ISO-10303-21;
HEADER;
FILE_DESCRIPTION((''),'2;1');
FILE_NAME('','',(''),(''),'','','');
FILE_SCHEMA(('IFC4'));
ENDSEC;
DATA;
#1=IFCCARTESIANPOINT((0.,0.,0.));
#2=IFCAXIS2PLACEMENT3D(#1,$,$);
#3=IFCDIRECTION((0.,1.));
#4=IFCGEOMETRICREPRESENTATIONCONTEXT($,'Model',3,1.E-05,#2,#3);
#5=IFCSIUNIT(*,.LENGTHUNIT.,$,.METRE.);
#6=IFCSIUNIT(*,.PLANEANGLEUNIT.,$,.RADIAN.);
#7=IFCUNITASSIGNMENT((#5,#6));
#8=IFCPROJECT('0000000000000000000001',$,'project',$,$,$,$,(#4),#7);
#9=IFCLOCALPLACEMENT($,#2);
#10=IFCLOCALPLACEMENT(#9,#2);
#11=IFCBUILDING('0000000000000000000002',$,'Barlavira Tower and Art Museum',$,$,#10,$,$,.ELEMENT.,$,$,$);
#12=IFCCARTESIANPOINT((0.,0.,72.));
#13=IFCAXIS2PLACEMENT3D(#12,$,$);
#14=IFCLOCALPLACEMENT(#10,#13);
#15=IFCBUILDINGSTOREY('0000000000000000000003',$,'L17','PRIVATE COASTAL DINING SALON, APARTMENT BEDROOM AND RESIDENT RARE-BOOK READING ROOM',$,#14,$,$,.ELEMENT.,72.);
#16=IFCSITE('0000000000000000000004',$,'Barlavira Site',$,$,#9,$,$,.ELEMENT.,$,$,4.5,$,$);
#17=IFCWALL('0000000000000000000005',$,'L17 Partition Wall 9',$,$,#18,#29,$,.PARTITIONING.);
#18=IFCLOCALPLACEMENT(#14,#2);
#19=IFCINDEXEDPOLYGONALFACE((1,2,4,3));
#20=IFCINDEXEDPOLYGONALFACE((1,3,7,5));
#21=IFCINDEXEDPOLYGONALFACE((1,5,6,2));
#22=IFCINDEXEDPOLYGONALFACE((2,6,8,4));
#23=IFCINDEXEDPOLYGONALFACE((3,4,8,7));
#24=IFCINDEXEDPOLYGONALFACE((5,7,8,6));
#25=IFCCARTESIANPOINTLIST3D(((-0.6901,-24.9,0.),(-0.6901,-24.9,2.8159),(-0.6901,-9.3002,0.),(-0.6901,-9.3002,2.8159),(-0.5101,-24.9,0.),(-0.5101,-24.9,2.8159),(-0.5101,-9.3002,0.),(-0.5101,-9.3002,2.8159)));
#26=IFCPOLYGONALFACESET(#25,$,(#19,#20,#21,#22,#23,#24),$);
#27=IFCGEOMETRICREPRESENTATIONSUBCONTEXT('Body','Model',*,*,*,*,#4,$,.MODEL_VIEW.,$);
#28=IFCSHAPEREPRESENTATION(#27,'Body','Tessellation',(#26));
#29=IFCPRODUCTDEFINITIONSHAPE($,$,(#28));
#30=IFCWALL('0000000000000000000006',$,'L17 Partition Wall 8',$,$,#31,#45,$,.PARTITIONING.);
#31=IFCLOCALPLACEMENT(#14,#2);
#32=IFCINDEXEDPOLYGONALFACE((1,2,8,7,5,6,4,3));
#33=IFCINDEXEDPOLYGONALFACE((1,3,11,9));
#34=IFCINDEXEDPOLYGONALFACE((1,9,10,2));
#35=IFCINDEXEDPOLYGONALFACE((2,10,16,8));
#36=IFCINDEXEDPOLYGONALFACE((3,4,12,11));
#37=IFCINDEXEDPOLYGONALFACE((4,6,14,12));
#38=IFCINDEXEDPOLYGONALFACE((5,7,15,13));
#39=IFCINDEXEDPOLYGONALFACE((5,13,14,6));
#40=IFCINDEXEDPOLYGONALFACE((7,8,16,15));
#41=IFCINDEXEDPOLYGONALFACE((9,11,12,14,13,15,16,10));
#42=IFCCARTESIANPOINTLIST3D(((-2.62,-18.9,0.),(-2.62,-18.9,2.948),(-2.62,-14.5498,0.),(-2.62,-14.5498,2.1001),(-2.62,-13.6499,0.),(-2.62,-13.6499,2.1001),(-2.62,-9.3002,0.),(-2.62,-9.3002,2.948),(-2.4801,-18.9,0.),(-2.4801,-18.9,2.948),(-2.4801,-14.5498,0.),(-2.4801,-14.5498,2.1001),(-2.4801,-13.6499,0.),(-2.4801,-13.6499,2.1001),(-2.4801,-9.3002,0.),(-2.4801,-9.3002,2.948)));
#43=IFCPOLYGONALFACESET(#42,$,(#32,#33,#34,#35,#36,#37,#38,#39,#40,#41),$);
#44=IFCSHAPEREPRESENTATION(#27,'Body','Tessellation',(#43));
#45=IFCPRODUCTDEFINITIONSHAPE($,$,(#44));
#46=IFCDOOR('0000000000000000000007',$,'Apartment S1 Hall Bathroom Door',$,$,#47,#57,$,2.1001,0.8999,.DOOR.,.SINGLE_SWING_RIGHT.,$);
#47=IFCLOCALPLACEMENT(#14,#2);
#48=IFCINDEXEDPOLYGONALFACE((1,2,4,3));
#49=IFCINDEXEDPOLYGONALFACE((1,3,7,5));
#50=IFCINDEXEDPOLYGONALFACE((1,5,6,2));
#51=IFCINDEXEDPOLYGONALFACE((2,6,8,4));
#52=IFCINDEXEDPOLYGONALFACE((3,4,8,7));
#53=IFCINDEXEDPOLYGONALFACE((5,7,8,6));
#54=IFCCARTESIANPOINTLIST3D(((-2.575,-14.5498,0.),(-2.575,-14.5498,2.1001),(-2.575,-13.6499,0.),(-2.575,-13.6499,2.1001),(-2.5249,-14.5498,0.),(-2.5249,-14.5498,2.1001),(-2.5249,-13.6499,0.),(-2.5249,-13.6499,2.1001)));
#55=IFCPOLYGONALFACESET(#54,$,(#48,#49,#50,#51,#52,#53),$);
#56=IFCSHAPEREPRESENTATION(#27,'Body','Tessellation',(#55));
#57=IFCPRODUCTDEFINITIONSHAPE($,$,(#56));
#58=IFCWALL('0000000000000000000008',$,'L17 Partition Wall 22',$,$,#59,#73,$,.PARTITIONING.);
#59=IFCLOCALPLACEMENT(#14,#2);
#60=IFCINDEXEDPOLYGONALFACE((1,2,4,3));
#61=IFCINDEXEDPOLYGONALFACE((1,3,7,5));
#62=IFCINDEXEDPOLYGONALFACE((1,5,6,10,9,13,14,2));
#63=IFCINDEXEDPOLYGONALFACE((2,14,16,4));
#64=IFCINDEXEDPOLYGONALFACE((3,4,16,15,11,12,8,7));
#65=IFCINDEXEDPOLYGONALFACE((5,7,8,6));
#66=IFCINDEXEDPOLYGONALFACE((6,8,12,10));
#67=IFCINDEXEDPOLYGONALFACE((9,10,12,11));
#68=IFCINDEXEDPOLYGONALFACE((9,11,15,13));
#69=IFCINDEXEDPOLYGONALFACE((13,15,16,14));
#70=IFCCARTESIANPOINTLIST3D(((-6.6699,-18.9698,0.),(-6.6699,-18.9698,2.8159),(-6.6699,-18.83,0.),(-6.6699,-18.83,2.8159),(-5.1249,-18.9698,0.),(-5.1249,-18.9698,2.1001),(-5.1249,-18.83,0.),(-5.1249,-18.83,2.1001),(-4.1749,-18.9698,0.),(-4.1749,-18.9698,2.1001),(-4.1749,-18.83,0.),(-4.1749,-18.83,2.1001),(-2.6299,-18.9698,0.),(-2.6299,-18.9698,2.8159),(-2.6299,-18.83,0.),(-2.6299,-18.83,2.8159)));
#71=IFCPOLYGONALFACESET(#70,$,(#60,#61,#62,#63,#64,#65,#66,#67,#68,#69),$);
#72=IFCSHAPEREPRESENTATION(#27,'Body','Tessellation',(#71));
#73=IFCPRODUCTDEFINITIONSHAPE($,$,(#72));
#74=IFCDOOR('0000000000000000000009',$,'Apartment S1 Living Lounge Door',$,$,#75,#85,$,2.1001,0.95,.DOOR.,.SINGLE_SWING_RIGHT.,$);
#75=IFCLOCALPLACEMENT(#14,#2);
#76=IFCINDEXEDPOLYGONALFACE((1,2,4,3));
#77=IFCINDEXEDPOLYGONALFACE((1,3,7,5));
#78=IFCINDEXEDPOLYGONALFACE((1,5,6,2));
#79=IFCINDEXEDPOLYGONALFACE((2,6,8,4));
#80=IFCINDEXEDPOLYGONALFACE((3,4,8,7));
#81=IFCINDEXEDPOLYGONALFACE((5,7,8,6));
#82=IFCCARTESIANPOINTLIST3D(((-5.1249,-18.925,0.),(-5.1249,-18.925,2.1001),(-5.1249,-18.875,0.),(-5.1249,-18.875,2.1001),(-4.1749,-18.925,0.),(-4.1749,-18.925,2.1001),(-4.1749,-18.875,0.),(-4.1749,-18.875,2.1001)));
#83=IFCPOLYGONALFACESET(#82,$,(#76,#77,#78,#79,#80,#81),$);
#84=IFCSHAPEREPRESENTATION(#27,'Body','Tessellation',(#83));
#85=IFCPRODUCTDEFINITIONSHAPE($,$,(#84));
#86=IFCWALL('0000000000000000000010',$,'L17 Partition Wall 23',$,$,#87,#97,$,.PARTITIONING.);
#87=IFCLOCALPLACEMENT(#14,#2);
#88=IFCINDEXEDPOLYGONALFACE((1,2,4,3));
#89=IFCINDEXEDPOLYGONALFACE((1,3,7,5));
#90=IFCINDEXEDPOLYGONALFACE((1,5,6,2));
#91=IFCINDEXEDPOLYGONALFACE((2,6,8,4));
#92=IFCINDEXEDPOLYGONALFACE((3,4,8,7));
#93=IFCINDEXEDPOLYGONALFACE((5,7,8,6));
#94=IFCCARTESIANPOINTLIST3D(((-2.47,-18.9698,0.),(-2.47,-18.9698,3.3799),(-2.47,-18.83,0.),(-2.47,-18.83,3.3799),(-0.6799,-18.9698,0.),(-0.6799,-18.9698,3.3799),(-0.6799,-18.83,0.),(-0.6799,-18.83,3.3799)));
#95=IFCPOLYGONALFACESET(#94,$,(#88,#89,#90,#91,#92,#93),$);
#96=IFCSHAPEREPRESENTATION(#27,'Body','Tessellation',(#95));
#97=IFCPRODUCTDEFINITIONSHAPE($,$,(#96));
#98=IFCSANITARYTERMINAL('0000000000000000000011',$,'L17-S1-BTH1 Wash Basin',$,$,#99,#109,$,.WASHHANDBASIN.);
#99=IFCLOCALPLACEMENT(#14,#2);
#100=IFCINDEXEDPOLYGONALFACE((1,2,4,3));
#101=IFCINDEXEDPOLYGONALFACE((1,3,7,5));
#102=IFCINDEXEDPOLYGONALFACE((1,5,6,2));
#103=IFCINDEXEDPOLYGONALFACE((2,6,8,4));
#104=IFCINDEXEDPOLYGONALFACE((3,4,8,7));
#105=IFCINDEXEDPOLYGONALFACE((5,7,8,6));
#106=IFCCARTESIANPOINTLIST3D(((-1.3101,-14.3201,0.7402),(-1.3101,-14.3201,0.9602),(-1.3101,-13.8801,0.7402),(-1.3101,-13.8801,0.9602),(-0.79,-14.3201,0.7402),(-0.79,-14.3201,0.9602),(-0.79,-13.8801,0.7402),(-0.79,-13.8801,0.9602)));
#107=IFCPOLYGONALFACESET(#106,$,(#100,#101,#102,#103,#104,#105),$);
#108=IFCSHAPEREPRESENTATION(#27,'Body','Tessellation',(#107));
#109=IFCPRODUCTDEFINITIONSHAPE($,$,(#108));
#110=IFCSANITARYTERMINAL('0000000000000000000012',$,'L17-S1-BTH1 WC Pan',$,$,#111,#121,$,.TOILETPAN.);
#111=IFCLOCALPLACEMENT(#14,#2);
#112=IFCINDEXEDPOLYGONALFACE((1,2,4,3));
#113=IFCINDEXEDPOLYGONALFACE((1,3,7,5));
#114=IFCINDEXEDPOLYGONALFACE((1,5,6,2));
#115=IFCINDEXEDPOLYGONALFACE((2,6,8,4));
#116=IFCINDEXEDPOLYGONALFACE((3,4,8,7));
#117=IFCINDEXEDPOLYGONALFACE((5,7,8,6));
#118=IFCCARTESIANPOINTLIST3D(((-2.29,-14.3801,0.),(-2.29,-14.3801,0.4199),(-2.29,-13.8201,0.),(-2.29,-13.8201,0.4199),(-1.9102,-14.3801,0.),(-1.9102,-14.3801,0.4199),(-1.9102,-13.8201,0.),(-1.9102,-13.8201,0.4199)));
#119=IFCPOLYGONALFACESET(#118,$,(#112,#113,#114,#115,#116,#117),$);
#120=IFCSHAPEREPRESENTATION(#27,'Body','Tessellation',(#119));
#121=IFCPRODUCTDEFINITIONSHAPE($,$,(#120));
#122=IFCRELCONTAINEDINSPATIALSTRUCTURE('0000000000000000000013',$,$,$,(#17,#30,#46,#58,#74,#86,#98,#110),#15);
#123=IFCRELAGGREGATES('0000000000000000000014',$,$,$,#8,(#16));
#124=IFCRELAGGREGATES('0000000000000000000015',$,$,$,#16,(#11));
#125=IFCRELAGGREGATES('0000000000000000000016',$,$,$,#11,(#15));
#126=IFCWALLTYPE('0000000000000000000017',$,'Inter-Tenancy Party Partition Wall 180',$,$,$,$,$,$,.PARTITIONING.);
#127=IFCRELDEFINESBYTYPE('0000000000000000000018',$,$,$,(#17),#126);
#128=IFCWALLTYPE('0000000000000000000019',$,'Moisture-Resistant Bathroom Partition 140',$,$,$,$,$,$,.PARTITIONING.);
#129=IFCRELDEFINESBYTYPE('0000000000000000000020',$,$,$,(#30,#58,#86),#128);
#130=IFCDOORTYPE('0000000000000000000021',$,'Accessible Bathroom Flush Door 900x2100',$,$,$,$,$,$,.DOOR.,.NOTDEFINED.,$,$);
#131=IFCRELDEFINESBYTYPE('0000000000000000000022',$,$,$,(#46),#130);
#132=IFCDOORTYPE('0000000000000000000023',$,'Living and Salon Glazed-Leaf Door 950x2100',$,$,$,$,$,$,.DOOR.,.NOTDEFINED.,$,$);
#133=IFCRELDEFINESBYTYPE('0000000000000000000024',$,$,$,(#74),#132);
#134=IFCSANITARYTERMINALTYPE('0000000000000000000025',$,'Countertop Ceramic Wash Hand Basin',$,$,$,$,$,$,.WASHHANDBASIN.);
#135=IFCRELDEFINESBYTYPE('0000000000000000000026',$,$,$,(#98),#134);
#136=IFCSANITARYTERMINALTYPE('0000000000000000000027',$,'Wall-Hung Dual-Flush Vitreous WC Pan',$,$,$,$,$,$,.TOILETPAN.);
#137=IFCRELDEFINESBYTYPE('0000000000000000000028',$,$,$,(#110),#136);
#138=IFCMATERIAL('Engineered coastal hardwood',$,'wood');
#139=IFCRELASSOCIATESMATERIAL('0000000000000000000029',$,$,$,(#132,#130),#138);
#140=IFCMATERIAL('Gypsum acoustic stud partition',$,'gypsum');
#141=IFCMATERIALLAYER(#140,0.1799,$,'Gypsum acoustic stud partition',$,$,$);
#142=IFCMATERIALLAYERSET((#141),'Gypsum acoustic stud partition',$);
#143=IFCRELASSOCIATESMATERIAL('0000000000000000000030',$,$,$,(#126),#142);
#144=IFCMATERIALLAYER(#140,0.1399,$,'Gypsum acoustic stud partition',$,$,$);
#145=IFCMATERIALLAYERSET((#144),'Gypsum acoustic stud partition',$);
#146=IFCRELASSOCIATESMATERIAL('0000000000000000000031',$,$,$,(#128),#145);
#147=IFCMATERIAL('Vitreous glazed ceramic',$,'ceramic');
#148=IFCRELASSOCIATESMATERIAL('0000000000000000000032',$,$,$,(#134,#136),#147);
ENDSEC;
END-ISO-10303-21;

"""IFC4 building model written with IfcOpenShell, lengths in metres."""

from ifc_helpers import new_model, si_unit, direction, frame, frame_2d, origin, origin_2d, place, context, subcontext, project, spatial, rectangle, extrude, material, layer, layer_set, type_object, element, fill, save


model = new_model("IFC4")

# Units and contexts
model_context = context("Model", 3, precision=1e-05, world=origin(), true_north=direction((0.0, 1.0)))
body_context = subcontext(model_context, "Body", "Model", "MODEL_VIEW")
ifc_project = project(units=[si_unit("LENGTHUNIT", "METRE"), si_unit("PLANEANGLEUNIT", "RADIAN")], contexts=[model_context])

# Site, building, storey
site_placement = place(None, origin())
site = spatial("IfcSite", under=ifc_project, at=site_placement, Name="Barlavira Site", CompositionType="ELEMENT", RefElevation=4.5)
building_placement = place(site_placement, origin())
building = spatial("IfcBuilding", under=site, at=building_placement, Name="Barlavira Tower and Art Museum", CompositionType="ELEMENT")
storey_placement = place(building_placement, frame((0.0, 0.0, 72.0)))
storey = spatial("IfcBuildingStorey", under=building, at=storey_placement, Name="L17", Description="PRIVATE COASTAL DINING SALON, APARTMENT BEDROOM AND RESIDENT RARE-BOOK READING ROOM", CompositionType="ELEMENT", Elevation=72.0)

# Shared definitions
ifc_material_1 = material(Name="Gypsum acoustic stud partition", Category="gypsum")
ifc_material_2 = material(Name="Engineered coastal hardwood", Category="wood")
door_type_1 = type_object("IfcDoorType", Name="Living and Salon Glazed-Leaf Door 950x2100", OperationType="NOTDEFINED", PredefinedType="DOOR", material=ifc_material_2)

# Wall
ifc_layer_1 = layer(ifc_material_1, 0.1799, Name="Gypsum acoustic stud partition")
ifc_layer_set_1 = layer_set([ifc_layer_1], Name="Gypsum acoustic stud partition")
wall_type_1 = type_object("IfcWallType", Name="Inter-Tenancy Party Partition Wall 180", PredefinedType="PARTITIONING", material=ifc_layer_set_1)
wall_1_placement = place(storey_placement, frame((-0.6001, -24.8999, 0.0), z_axis=(0.0, 0.0, 1.0), x_axis=(0.0, 1.0, 0.0)))
element("IfcWall", 1, at=wall_1_placement, inside=storey, type_object=wall_type_1, Name="L17 Partition Wall 9", PredefinedType="PARTITIONING", context=body_context, shape_type="SweptSolid", body=[
    extrude(rectangle(XDim=15.5999, YDim=0.1799, at=frame_2d((7.7998, 0.0))), origin(), (0.0, 0.0, 1.0), 2.8159),
])

# Walls, openings, doors
ifc_layer_2 = layer(ifc_material_1, 0.1399, Name="Gypsum acoustic stud partition")
ifc_layer_set_2 = layer_set([ifc_layer_2], Name="Gypsum acoustic stud partition")
wall_type_2 = type_object("IfcWallType", Name="Moisture-Resistant Bathroom Partition 140", PredefinedType="PARTITIONING", material=ifc_layer_set_2)
wall_2_placement = place(storey_placement, frame((-2.55, -18.8999, 0.0), z_axis=(0.0, 0.0, 1.0), x_axis=(0.0, 1.0, 0.0)))
wall_2 = element("IfcWall", 2, at=wall_2_placement, inside=storey, type_object=wall_type_2, Name="L17 Partition Wall 8", PredefinedType="PARTITIONING", context=body_context, shape_type="SweptSolid", body=[
    extrude(rectangle(XDim=9.5999, YDim=0.1399, at=frame_2d((4.7998, 0.0))), origin(), (0.0, 0.0, 1.0), 2.948),
])
opening_1_placement = place(wall_2_placement, frame((4.3501, 0.0, 0.0)))
opening_1 = element("IfcOpeningElement", 3, at=opening_1_placement, cuts=wall_2, PredefinedType="OPENING", context=body_context, shape_type="SweptSolid", body=[
    extrude(rectangle(XDim=0.8999, YDim=2.1001, at=frame_2d((0.45, 1.05))), frame((0.0, 0.0801, 0.0), z_axis=(0.0, -1.0, 0.0), x_axis=(1.0, 0.0, 0.0)), (0.0, 0.0, 1.0), 0.1599),
])
door_type_2 = type_object("IfcDoorType", Name="Accessible Bathroom Flush Door 900x2100", OperationType="NOTDEFINED", PredefinedType="DOOR", material=ifc_material_2)
door_1_placement = place(opening_1_placement, origin())
door_1 = element("IfcDoor", 4, at=door_1_placement, inside=storey, type_object=door_type_2, Name="Apartment S1 Hall Bathroom Door", OperationType="SINGLE_SWING_RIGHT", OverallHeight=2.1001, OverallWidth=0.8999, PredefinedType="DOOR", context=body_context, shape_type="SweptSolid", body=[
    extrude(rectangle(XDim=0.8999, YDim=2.1001, at=frame_2d((0.45, 1.05))), frame((0.0, 0.0249, 0.0), z_axis=(0.0, -1.0, 0.0), x_axis=(1.0, 0.0, 0.0)), (0.0, 0.0, 1.0), 0.05),
])
fill(opening_1, door_1)
wall_3_placement = place(storey_placement, frame((-6.6699, -18.8999, 0.0), z_axis=(0.0, 0.0, 1.0), x_axis=(1.0, 0.0, 0.0)))
wall_3 = element("IfcWall", 5, at=wall_3_placement, inside=storey, type_object=wall_type_2, Name="L17 Partition Wall 22", PredefinedType="PARTITIONING", context=body_context, shape_type="SweptSolid", body=[
    extrude(rectangle(XDim=4.04, YDim=0.1399, at=frame_2d((2.02, 0.0))), origin(), (0.0, 0.0, 1.0), 2.8159),
])
opening_2_placement = place(wall_3_placement, frame((1.5449, 0.0, 0.0)))
opening_2 = element("IfcOpeningElement", 6, at=opening_2_placement, cuts=wall_3, PredefinedType="OPENING", context=body_context, shape_type="SweptSolid", body=[
    extrude(rectangle(XDim=0.95, YDim=2.1001, at=frame_2d((0.4751, 1.05))), frame((0.0, 0.0801, 0.0), z_axis=(0.0, -1.0, 0.0), x_axis=(1.0, 0.0, 0.0)), (0.0, 0.0, 1.0), 0.1599),
])
door_2_placement = place(opening_2_placement, origin())
door_2 = element("IfcDoor", 7, at=door_2_placement, inside=storey, type_object=door_type_1, Name="Apartment S1 Living Lounge Door", OperationType="SINGLE_SWING_RIGHT", OverallHeight=2.1001, OverallWidth=0.95, PredefinedType="DOOR", context=body_context, shape_type="SweptSolid", body=[
    extrude(rectangle(XDim=0.95, YDim=2.1001, at=frame_2d((0.4751, 1.05))), frame((0.0, 0.0249, 0.0), z_axis=(0.0, -1.0, 0.0), x_axis=(1.0, 0.0, 0.0)), (0.0, 0.0, 1.0), 0.05),
])
fill(opening_2, door_2)

# Wall
wall_4_placement = place(storey_placement, frame((-2.47, -18.8999, 0.0), z_axis=(0.0, 0.0, 1.0), x_axis=(1.0, 0.0, 0.0)))
element("IfcWall", 8, at=wall_4_placement, inside=storey, type_object=wall_type_2, Name="L17 Partition Wall 23", PredefinedType="PARTITIONING", context=body_context, shape_type="SweptSolid", body=[
    extrude(rectangle(XDim=1.79, YDim=0.1399, at=frame_2d((0.895, 0.0))), origin(), (0.0, 0.0, 1.0), 3.3799),
])

# Sanitary terminals
ifc_material_3 = material(Name="Vitreous glazed ceramic", Category="ceramic")
sanitary_terminal_type_1 = type_object("IfcSanitaryTerminalType", Name="Countertop Ceramic Wash Hand Basin", PredefinedType="WASHHANDBASIN", material=ifc_material_3)
sanitary_terminal_1_placement = place(storey_placement, frame((-1.05, -14.1001, 0.7402), z_axis=(0.0, 0.0, 1.0), x_axis=(1.0, 0.0, 0.0)))
element("IfcSanitaryTerminal", 9, at=sanitary_terminal_1_placement, inside=storey, type_object=sanitary_terminal_type_1, Name="L17-S1-BTH1 Wash Basin", PredefinedType="WASHHANDBASIN", context=body_context, shape_type="SweptSolid", body=[
    extrude(rectangle(XDim=0.52, YDim=0.4399, at=origin_2d()), origin(), (0.0, 0.0, 1.0), 0.22),
])
sanitary_terminal_type_2 = type_object("IfcSanitaryTerminalType", Name="Wall-Hung Dual-Flush Vitreous WC Pan", PredefinedType="TOILETPAN", material=ifc_material_3)
sanitary_terminal_2_placement = place(storey_placement, frame((-2.1001, -14.1001, 0.0), z_axis=(0.0, 0.0, 1.0), x_axis=(1.0, 0.0, 0.0)))
element("IfcSanitaryTerminal", 10, at=sanitary_terminal_2_placement, inside=storey, type_object=sanitary_terminal_type_2, Name="L17-S1-BTH1 WC Pan", PredefinedType="TOILETPAN", context=body_context, shape_type="SweptSolid", body=[
    extrude(rectangle(XDim=0.3799, YDim=0.5601, at=origin_2d()), origin(), (0.0, 0.0, 1.0), 0.4199),
])

save(model, "model.ifc")
